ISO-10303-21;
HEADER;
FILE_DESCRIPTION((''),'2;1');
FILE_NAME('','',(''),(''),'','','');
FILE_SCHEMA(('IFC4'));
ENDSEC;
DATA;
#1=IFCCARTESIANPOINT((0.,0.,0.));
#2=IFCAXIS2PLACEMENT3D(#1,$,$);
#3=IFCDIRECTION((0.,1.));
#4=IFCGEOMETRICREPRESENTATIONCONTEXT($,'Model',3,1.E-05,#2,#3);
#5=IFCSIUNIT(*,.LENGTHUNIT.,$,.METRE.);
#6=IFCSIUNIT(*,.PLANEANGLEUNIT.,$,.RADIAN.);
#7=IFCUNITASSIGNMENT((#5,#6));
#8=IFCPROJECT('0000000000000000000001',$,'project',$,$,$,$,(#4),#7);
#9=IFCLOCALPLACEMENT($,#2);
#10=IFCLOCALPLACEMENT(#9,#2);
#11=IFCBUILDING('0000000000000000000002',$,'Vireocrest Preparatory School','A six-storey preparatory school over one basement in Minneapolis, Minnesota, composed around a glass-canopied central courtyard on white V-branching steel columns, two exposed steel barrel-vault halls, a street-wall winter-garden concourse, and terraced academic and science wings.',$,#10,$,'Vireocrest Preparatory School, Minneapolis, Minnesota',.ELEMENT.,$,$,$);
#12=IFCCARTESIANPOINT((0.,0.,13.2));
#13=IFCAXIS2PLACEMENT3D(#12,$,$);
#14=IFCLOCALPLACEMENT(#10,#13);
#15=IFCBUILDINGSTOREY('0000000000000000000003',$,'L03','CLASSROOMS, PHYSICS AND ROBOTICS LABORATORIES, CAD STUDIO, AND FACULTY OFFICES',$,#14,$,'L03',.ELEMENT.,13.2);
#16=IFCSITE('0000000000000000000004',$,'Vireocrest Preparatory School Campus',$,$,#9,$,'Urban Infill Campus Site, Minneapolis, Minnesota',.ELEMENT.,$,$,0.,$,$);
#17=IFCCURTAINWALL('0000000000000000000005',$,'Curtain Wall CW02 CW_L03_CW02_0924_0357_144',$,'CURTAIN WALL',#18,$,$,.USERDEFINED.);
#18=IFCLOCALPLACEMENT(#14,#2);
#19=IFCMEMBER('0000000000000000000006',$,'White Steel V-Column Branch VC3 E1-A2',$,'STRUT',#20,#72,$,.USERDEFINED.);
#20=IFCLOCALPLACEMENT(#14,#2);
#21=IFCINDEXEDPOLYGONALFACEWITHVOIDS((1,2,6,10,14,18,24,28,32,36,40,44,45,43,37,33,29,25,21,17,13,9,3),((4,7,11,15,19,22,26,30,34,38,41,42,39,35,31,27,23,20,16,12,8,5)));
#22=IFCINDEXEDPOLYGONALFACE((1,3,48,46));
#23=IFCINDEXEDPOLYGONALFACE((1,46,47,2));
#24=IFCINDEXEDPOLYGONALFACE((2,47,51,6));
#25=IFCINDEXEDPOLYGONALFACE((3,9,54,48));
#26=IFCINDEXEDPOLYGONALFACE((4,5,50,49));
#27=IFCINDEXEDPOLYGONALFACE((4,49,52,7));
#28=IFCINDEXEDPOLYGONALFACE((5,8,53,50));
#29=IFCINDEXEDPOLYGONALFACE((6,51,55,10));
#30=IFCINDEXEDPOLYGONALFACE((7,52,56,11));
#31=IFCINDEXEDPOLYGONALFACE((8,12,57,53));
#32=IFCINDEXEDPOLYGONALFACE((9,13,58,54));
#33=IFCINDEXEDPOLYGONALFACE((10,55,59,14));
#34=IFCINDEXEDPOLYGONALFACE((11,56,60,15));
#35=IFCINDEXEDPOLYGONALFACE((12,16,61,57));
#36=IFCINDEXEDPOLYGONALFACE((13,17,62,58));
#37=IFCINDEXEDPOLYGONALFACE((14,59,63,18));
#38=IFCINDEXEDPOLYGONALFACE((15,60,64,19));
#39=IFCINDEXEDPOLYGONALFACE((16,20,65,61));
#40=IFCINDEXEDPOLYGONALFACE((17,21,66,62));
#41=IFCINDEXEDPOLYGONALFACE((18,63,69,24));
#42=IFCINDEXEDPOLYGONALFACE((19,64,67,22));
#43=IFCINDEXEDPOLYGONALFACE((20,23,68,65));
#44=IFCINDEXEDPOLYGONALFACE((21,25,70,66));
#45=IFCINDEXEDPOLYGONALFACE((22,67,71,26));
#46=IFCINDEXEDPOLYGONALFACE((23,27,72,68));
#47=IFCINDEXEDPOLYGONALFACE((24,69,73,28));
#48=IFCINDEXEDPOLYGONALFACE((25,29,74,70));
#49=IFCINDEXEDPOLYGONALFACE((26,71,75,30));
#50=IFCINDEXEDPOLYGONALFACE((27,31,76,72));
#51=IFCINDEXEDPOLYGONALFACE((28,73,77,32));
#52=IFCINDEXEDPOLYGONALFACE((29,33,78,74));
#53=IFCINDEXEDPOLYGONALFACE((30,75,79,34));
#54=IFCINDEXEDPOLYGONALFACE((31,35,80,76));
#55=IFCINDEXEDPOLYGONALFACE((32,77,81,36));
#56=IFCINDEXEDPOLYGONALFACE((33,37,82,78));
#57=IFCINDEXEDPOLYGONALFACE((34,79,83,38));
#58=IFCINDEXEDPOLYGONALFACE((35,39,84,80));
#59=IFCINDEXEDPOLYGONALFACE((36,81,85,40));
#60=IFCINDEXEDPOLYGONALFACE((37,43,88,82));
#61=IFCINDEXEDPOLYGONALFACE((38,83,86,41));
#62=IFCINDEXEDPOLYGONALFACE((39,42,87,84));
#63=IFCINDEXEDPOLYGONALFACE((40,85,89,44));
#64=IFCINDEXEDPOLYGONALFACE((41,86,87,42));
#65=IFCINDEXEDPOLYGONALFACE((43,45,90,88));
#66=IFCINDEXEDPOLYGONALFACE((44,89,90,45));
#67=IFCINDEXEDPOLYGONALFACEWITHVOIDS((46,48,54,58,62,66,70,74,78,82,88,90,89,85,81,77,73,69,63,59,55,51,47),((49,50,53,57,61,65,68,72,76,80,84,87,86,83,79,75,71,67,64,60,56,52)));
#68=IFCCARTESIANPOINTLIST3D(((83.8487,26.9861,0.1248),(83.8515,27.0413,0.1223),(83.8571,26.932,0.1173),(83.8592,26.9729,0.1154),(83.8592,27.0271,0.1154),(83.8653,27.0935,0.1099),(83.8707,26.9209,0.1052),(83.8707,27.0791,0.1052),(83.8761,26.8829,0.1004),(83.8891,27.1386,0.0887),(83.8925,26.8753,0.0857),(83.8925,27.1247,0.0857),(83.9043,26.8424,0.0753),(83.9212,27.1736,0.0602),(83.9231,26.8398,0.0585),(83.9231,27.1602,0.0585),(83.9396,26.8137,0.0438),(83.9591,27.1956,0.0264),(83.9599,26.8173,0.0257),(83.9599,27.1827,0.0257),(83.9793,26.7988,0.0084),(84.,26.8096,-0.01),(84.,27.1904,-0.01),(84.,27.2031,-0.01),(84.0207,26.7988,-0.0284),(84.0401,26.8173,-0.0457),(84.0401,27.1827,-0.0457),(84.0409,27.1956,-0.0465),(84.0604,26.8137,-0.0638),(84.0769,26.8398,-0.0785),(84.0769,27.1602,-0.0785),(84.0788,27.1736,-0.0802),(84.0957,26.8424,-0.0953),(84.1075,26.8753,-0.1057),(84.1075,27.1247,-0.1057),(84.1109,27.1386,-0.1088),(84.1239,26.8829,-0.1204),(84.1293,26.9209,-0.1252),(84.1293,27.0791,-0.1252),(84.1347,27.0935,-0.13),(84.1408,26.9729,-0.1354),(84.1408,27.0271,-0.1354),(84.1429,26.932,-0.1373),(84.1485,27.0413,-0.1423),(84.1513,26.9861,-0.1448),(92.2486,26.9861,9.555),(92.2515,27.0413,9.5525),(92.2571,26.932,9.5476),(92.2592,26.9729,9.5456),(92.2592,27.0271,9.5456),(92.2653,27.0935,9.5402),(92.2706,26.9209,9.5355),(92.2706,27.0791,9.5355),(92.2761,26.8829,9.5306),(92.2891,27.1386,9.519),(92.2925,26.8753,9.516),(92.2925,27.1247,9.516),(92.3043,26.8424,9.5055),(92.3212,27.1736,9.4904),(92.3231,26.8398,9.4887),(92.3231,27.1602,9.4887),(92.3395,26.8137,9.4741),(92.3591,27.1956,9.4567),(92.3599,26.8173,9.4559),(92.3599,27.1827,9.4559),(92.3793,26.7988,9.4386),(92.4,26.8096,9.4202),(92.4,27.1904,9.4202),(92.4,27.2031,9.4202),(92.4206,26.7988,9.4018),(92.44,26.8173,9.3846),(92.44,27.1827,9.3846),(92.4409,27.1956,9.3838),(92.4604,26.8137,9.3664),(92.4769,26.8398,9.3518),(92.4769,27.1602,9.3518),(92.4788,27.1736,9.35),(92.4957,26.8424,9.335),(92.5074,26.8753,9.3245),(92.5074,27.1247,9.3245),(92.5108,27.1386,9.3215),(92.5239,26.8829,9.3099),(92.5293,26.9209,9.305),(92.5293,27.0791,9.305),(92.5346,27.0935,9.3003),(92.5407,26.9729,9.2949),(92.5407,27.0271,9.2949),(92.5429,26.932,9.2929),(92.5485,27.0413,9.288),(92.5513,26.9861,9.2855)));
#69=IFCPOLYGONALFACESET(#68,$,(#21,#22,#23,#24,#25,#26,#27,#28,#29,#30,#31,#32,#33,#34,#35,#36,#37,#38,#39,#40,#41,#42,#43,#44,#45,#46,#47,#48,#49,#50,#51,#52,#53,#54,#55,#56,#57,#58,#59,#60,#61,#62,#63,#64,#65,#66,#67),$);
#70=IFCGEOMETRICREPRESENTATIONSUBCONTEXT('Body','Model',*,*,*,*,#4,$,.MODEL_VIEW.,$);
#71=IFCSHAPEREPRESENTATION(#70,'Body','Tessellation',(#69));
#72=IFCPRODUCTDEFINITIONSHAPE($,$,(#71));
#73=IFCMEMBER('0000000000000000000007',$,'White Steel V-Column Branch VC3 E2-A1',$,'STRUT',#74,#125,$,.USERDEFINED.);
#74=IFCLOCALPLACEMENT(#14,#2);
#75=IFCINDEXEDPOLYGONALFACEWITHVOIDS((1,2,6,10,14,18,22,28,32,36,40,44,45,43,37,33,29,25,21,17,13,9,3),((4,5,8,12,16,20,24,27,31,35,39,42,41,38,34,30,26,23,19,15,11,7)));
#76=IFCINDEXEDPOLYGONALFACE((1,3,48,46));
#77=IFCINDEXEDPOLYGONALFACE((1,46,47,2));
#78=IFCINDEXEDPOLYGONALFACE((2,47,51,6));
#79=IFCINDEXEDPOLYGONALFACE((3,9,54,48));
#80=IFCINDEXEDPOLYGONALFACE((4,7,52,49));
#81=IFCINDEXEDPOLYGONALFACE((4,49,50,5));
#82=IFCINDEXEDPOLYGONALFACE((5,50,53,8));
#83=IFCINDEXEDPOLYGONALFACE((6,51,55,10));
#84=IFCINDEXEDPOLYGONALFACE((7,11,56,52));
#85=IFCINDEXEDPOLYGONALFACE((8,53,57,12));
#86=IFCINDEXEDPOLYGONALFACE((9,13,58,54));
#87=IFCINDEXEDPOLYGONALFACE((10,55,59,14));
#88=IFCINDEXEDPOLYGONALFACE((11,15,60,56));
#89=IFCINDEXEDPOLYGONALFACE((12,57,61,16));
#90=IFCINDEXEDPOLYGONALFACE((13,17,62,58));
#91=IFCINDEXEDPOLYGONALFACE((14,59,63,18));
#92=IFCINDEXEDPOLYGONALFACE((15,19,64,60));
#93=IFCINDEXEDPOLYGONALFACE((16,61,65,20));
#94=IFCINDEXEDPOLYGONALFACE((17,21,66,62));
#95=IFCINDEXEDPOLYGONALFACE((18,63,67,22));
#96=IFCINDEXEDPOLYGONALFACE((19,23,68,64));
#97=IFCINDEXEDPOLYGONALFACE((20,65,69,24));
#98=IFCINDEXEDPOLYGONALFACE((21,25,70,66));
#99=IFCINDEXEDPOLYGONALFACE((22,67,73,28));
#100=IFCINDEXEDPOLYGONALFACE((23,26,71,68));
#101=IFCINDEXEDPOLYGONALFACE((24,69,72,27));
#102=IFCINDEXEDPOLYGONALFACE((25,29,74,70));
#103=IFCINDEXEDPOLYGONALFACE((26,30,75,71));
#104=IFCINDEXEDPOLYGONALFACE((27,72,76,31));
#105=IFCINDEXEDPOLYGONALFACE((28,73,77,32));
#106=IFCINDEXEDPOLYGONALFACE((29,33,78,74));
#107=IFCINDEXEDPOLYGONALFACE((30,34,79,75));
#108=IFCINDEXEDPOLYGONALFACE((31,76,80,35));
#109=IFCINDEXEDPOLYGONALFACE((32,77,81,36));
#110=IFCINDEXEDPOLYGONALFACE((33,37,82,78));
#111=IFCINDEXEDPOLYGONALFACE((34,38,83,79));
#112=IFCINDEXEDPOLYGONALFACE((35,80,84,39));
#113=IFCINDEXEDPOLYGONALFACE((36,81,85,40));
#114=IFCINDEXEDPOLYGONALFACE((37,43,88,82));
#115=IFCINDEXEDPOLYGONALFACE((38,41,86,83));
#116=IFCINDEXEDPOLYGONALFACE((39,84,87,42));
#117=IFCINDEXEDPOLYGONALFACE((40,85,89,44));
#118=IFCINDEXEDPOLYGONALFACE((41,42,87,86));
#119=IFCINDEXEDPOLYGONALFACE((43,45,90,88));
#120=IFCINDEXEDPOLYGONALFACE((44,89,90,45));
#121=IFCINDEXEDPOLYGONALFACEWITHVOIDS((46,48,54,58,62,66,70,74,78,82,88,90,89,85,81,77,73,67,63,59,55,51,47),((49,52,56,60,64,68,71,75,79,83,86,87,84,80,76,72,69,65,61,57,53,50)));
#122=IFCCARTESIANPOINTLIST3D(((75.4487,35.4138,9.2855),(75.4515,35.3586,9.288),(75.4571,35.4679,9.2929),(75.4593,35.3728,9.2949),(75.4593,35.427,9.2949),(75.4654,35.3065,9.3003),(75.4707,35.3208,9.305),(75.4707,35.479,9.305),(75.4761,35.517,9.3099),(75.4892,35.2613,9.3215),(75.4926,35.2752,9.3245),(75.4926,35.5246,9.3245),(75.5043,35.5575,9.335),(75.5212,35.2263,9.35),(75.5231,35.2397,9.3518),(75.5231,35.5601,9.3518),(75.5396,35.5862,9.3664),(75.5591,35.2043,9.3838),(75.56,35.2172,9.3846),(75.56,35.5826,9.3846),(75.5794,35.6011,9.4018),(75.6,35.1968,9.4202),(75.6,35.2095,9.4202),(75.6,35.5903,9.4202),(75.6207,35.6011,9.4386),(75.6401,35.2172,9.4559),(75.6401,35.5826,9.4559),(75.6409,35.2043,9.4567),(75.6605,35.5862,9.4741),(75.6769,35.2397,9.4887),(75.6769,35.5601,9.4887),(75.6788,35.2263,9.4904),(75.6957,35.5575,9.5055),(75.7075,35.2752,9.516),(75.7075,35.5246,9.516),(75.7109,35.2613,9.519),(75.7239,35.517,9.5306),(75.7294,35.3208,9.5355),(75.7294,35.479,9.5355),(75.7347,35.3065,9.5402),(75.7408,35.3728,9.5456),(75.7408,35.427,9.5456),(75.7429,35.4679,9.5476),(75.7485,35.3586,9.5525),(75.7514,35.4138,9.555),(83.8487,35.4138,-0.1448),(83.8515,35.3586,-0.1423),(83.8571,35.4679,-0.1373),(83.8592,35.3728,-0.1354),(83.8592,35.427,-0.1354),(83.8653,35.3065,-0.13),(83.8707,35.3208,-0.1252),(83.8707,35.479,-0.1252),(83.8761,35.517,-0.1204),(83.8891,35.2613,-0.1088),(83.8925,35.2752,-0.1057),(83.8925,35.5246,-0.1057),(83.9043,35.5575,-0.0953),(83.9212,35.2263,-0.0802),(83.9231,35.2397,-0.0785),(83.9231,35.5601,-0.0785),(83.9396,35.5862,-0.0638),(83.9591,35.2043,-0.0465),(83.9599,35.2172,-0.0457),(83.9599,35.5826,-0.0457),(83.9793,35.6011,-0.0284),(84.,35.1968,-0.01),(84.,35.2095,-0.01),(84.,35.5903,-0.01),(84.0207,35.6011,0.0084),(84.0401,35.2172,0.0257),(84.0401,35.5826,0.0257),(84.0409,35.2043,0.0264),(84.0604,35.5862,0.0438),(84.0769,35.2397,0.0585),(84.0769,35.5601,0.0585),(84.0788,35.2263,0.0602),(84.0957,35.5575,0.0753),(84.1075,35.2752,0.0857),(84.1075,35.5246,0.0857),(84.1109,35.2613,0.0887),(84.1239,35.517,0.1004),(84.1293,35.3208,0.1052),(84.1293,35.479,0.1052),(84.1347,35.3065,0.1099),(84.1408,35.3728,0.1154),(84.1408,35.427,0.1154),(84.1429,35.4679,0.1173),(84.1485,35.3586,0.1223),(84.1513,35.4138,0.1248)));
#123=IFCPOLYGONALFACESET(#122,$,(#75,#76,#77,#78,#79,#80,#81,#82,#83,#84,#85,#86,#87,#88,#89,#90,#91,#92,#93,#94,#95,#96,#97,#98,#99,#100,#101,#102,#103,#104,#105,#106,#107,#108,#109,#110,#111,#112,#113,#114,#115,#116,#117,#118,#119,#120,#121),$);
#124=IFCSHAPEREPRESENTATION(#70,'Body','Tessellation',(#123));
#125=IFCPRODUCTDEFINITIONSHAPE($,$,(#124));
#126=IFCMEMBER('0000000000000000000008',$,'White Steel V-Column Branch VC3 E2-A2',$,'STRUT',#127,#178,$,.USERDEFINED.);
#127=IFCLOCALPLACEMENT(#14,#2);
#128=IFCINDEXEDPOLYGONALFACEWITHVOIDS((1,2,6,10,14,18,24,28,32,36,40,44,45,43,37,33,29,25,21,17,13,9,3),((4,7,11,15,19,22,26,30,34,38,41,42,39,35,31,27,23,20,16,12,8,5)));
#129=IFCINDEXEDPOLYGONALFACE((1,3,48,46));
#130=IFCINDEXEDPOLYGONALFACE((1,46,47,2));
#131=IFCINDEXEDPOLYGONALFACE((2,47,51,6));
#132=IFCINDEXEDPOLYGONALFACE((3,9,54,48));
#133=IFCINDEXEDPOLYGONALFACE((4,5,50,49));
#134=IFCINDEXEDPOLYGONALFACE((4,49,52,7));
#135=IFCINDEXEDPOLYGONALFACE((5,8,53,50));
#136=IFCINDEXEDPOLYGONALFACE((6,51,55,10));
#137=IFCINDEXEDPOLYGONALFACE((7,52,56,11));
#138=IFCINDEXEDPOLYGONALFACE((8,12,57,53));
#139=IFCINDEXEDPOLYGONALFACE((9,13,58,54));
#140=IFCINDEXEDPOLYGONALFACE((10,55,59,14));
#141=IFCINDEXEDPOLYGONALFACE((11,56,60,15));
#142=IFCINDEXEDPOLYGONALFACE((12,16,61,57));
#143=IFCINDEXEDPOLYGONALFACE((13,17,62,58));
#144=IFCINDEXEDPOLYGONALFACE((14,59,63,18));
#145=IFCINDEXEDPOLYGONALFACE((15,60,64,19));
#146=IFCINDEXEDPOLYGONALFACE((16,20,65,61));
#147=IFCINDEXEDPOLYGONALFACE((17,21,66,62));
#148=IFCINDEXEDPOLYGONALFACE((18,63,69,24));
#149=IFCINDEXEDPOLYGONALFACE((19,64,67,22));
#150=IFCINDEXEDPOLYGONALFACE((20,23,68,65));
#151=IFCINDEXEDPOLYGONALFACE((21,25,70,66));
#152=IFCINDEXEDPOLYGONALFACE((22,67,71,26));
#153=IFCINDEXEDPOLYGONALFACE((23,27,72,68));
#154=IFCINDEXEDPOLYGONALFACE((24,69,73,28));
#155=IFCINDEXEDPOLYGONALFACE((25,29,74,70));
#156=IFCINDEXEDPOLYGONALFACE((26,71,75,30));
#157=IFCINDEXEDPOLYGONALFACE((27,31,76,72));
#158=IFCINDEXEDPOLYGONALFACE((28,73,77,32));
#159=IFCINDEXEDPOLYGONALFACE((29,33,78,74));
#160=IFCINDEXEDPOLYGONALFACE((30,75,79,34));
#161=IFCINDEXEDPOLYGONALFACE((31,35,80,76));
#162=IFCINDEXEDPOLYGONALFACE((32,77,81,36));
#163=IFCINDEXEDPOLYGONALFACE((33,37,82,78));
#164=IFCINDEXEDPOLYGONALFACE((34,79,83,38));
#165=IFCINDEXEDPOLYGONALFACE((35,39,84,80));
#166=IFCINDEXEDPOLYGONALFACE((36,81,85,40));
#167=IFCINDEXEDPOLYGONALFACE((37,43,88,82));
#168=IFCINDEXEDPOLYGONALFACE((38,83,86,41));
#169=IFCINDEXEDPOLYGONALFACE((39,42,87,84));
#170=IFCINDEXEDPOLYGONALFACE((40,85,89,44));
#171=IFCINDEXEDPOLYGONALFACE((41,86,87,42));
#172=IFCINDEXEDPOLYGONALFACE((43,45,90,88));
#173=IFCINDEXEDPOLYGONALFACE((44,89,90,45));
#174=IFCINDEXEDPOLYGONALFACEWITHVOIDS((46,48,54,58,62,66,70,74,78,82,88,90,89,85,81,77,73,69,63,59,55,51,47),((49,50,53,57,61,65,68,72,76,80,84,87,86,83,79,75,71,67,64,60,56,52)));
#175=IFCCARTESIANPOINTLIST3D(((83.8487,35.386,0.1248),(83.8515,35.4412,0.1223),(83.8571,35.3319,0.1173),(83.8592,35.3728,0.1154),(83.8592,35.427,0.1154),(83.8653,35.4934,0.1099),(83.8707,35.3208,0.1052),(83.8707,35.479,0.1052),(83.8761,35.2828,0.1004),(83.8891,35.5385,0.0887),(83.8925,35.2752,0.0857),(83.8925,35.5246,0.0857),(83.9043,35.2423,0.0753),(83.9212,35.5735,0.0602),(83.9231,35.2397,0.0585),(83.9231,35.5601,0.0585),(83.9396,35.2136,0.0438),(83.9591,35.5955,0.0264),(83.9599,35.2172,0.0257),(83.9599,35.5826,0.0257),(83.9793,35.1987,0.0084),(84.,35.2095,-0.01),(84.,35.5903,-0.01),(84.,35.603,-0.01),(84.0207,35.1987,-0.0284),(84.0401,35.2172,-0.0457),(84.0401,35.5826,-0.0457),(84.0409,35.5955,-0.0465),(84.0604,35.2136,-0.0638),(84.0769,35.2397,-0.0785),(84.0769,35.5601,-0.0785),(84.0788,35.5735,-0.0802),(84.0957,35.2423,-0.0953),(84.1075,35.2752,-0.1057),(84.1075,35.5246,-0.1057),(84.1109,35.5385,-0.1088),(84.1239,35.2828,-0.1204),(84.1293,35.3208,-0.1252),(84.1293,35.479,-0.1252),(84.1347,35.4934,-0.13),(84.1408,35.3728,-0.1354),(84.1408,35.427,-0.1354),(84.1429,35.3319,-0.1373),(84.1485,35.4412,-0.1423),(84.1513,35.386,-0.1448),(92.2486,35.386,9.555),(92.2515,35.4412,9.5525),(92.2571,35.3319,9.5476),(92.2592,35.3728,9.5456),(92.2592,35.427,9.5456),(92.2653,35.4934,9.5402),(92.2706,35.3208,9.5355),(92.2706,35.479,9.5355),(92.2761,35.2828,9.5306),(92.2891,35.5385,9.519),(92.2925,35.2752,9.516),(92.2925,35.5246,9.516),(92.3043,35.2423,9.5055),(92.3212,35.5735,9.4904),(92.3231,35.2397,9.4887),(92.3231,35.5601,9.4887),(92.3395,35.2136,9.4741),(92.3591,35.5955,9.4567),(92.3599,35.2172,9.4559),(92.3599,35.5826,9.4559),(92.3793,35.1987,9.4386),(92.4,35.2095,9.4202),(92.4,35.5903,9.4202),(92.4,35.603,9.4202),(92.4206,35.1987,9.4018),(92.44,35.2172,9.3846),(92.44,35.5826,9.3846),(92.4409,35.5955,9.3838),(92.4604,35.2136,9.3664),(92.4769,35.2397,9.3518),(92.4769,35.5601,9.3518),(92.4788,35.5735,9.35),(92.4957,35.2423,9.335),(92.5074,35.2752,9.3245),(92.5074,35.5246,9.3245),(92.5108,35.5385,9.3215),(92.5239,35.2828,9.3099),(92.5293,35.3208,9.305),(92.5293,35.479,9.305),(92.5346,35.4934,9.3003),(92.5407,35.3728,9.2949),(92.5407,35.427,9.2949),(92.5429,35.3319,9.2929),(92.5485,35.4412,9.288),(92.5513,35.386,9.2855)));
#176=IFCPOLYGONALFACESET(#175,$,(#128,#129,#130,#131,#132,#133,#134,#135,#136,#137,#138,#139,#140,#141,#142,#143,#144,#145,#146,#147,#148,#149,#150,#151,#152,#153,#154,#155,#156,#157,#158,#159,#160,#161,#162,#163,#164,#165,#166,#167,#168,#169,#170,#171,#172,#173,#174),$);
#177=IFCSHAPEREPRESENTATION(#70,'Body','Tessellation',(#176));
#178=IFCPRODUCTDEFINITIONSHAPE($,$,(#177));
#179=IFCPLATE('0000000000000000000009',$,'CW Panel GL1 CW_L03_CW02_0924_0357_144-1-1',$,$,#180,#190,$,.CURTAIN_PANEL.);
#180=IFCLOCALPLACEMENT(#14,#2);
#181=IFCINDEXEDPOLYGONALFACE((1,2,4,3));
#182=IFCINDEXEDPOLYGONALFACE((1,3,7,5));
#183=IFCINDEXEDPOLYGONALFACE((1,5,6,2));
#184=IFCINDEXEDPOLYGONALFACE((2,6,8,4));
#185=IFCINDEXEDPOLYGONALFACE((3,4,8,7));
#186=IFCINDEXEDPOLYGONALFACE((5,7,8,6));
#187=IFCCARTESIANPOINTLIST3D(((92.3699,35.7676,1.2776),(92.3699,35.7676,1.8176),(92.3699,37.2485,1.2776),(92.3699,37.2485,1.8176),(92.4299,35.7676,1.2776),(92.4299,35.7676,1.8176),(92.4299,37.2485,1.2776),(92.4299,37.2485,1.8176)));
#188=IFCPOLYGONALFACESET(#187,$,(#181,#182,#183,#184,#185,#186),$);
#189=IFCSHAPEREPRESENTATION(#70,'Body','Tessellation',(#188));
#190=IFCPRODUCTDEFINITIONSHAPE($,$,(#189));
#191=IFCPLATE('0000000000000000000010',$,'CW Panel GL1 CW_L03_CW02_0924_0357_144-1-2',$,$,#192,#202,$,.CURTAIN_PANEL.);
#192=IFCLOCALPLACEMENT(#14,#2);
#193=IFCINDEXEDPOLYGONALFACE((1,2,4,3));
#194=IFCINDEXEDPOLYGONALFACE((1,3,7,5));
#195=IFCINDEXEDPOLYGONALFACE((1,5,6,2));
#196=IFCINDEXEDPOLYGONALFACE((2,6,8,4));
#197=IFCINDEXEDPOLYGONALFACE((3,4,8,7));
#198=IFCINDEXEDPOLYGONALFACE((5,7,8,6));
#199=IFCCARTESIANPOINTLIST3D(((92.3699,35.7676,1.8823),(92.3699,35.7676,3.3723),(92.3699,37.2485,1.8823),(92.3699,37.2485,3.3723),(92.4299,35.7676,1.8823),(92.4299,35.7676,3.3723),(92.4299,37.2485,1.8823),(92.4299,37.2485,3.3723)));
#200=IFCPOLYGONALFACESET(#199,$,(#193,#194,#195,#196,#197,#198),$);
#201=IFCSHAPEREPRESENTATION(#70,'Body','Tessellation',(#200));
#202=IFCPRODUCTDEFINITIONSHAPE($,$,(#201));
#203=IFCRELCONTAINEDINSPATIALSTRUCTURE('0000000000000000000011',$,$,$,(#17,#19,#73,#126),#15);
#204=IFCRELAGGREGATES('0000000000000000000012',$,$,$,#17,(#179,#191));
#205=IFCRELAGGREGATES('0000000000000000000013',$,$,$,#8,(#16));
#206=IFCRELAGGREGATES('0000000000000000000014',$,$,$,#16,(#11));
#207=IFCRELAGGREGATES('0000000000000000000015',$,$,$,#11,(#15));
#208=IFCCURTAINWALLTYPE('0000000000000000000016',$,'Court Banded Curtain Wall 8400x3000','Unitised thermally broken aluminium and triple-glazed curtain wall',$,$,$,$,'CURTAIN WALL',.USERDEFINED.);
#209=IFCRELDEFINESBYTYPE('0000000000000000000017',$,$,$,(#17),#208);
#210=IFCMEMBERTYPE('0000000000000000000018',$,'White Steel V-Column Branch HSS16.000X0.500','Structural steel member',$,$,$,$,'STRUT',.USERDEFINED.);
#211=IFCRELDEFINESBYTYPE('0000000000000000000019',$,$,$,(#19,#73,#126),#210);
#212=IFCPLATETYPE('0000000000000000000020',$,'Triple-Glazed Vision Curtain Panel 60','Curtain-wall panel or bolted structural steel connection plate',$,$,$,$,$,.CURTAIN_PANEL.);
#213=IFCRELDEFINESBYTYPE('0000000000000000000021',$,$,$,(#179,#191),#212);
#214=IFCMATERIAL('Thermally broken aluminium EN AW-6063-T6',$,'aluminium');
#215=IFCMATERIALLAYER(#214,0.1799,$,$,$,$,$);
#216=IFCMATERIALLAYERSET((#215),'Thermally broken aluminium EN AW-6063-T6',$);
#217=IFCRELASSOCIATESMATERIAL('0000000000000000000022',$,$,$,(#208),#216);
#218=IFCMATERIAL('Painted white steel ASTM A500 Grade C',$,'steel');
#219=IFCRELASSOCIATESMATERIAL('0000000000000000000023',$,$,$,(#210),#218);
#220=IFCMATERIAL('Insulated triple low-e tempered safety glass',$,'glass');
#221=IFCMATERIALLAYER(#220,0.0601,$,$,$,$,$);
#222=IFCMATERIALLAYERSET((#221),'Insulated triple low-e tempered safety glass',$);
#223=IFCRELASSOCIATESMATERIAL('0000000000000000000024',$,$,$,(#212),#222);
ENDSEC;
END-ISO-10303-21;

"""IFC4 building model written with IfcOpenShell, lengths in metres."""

from ifc_helpers import new_model, si_unit, direction, frame, origin, origin_2d, place, context, subcontext, project, spatial, rectangle, hollow_circle, extrude, material, layer, layer_set, material_profile, profile_set, type_object, element, aggregate, save


model = new_model("IFC4")

# Units and contexts
model_context = context("Model", 3, precision=1e-05, world=origin(), true_north=direction((0.0, 1.0)))
body_context = subcontext(model_context, "Body", "Model", "MODEL_VIEW")
ifc_project = project(units=[si_unit("LENGTHUNIT", "METRE"), si_unit("PLANEANGLEUNIT", "RADIAN")], contexts=[model_context])

# Site, building, storey
site_placement = place(None, origin())
site = spatial("IfcSite", under=ifc_project, at=site_placement, Name="Vireocrest Preparatory School Campus", LongName="Urban Infill Campus Site, Minneapolis, Minnesota", CompositionType="ELEMENT", RefElevation=0.0)
building_placement = place(site_placement, origin())
building = spatial("IfcBuilding", under=site, at=building_placement, Name="Vireocrest Preparatory School", Description="A six-storey preparatory school over one basement in Minneapolis, Minnesota, composed around a glass-canopied central courtyard on white V-branching steel columns, two exposed steel barrel-vault halls, a street-wall winter-garden concourse, and terraced academic and science wings.", LongName="Vireocrest Preparatory School, Minneapolis, Minnesota", CompositionType="ELEMENT")
storey_placement = place(building_placement, frame((0.0, 0.0, 13.2)))
storey = spatial("IfcBuildingStorey", under=building, at=storey_placement, Name="L03", Description="CLASSROOMS, PHYSICS AND ROBOTICS LABORATORIES, CAD STUDIO, AND FACULTY OFFICES", LongName="L03", CompositionType="ELEMENT", Elevation=13.2)

# Curtain wall
ifc_material_1 = material(Name="Thermally broken aluminium EN AW-6063-T6", Category="aluminium")
ifc_layer_1 = layer(ifc_material_1, 0.1799)
ifc_layer_set_1 = layer_set([ifc_layer_1], Name="Thermally broken aluminium EN AW-6063-T6")
curtain_wall_type = type_object("IfcCurtainWallType", Name="Court Banded Curtain Wall 8400x3000", Description="Unitised thermally broken aluminium and triple-glazed curtain wall", ElementType="CURTAIN WALL", PredefinedType="USERDEFINED", material=ifc_layer_set_1)
curtain_wall_placement = place(storey_placement, origin())
curtain_wall = element("IfcCurtainWall", 1, at=curtain_wall_placement, inside=storey, type_object=curtain_wall_type, Name="Curtain Wall CW02 CW_L03_CW02_0924_0357_144", ObjectType="CURTAIN WALL", PredefinedType="USERDEFINED")

# Members
ifc_material_2 = material(Name="Painted white steel ASTM A500 Grade C", Category="steel")
ifc_material_profile_1 = material_profile(ifc_material_2, hollow_circle(Radius=0.2031, WallThickness=0.0127, at=origin_2d()), Name="HSS16.000X0.500")
ifc_profile_set_1 = profile_set([ifc_material_profile_1], Name="Painted white steel ASTM A500 Grade C")
member_type_1 = type_object("IfcMemberType", Name="White Steel V-Column Branch HSS16.000X0.500", Description="Structural steel member", ElementType="STRUT", PredefinedType="USERDEFINED", material=ifc_profile_set_1)
for number, where, z_axis, x_axis, name in (
    (2, (84.0, 27.0, -0.01), (0.665139, 0.0, 0.74672), (0.0, 1.0, 0.0), "White Steel V-Column Branch VC3 E1-A2"),
    (3, (84.0, 35.3999, -0.01), (-0.665139, 0.0, 0.74672), (0.0, -1.0, 0.0), "White Steel V-Column Branch VC3 E2-A1"),
    (4, (84.0, 35.3999, -0.01), (0.665139, 0.0, 0.74672), (0.0, 1.0, 0.0), "White Steel V-Column Branch VC3 E2-A2"),
):
    element("IfcMember", number, at=place(storey_placement, frame(where, z_axis=z_axis, x_axis=x_axis)), inside=storey, type_object=member_type_1, Name=name, ObjectType="STRUT", PredefinedType="USERDEFINED", context=body_context, shape_type="SweptSolid", body=[
        extrude(hollow_circle(Radius=0.2031, WallThickness=0.0127, at=origin_2d()), origin(), (0.0, 0.0, 1.0), 12.6289),
    ])

# Plates
ifc_material_3 = material(Name="Insulated triple low-e tempered safety glass", Category="glass")
ifc_layer_2 = layer(ifc_material_3, 0.0601)
ifc_layer_set_2 = layer_set([ifc_layer_2], Name="Insulated triple low-e tempered safety glass")
plate_type_1 = type_object("IfcPlateType", Name="Triple-Glazed Vision Curtain Panel 60", Description="Curtain-wall panel or bolted structural steel connection plate", PredefinedType="CURTAIN_PANEL", material=ifc_layer_set_2)
plate_1_placement = place(storey_placement, frame((92.3999, 36.5081, 1.2776), z_axis=(0.0, 0.0, 1.0), x_axis=(0.0, 1.0, 0.0)))
plate_1 = element("IfcPlate", 5, at=plate_1_placement, type_object=plate_type_1, Name="CW Panel GL1 CW_L03_CW02_0924_0357_144-1-1", PredefinedType="CURTAIN_PANEL", context=body_context, shape_type="SweptSolid", body=[
    extrude(rectangle(XDim=1.481, YDim=0.0601, at=origin_2d()), origin(), (0.0, 0.0, 1.0), 0.54),
])
plate_2_placement = place(storey_placement, frame((92.3999, 36.5081, 1.8823), z_axis=(0.0, 0.0, 1.0), x_axis=(0.0, 1.0, 0.0)))
plate_2 = element("IfcPlate", 6, at=plate_2_placement, type_object=plate_type_1, Name="CW Panel GL1 CW_L03_CW02_0924_0357_144-1-2", PredefinedType="CURTAIN_PANEL", context=body_context, shape_type="SweptSolid", body=[
    extrude(rectangle(XDim=1.481, YDim=0.0601, at=origin_2d()), origin(), (0.0, 0.0, 1.0), 1.49),
])
aggregate(curtain_wall, [plate_1, plate_2])

save(model, "model.ifc")
